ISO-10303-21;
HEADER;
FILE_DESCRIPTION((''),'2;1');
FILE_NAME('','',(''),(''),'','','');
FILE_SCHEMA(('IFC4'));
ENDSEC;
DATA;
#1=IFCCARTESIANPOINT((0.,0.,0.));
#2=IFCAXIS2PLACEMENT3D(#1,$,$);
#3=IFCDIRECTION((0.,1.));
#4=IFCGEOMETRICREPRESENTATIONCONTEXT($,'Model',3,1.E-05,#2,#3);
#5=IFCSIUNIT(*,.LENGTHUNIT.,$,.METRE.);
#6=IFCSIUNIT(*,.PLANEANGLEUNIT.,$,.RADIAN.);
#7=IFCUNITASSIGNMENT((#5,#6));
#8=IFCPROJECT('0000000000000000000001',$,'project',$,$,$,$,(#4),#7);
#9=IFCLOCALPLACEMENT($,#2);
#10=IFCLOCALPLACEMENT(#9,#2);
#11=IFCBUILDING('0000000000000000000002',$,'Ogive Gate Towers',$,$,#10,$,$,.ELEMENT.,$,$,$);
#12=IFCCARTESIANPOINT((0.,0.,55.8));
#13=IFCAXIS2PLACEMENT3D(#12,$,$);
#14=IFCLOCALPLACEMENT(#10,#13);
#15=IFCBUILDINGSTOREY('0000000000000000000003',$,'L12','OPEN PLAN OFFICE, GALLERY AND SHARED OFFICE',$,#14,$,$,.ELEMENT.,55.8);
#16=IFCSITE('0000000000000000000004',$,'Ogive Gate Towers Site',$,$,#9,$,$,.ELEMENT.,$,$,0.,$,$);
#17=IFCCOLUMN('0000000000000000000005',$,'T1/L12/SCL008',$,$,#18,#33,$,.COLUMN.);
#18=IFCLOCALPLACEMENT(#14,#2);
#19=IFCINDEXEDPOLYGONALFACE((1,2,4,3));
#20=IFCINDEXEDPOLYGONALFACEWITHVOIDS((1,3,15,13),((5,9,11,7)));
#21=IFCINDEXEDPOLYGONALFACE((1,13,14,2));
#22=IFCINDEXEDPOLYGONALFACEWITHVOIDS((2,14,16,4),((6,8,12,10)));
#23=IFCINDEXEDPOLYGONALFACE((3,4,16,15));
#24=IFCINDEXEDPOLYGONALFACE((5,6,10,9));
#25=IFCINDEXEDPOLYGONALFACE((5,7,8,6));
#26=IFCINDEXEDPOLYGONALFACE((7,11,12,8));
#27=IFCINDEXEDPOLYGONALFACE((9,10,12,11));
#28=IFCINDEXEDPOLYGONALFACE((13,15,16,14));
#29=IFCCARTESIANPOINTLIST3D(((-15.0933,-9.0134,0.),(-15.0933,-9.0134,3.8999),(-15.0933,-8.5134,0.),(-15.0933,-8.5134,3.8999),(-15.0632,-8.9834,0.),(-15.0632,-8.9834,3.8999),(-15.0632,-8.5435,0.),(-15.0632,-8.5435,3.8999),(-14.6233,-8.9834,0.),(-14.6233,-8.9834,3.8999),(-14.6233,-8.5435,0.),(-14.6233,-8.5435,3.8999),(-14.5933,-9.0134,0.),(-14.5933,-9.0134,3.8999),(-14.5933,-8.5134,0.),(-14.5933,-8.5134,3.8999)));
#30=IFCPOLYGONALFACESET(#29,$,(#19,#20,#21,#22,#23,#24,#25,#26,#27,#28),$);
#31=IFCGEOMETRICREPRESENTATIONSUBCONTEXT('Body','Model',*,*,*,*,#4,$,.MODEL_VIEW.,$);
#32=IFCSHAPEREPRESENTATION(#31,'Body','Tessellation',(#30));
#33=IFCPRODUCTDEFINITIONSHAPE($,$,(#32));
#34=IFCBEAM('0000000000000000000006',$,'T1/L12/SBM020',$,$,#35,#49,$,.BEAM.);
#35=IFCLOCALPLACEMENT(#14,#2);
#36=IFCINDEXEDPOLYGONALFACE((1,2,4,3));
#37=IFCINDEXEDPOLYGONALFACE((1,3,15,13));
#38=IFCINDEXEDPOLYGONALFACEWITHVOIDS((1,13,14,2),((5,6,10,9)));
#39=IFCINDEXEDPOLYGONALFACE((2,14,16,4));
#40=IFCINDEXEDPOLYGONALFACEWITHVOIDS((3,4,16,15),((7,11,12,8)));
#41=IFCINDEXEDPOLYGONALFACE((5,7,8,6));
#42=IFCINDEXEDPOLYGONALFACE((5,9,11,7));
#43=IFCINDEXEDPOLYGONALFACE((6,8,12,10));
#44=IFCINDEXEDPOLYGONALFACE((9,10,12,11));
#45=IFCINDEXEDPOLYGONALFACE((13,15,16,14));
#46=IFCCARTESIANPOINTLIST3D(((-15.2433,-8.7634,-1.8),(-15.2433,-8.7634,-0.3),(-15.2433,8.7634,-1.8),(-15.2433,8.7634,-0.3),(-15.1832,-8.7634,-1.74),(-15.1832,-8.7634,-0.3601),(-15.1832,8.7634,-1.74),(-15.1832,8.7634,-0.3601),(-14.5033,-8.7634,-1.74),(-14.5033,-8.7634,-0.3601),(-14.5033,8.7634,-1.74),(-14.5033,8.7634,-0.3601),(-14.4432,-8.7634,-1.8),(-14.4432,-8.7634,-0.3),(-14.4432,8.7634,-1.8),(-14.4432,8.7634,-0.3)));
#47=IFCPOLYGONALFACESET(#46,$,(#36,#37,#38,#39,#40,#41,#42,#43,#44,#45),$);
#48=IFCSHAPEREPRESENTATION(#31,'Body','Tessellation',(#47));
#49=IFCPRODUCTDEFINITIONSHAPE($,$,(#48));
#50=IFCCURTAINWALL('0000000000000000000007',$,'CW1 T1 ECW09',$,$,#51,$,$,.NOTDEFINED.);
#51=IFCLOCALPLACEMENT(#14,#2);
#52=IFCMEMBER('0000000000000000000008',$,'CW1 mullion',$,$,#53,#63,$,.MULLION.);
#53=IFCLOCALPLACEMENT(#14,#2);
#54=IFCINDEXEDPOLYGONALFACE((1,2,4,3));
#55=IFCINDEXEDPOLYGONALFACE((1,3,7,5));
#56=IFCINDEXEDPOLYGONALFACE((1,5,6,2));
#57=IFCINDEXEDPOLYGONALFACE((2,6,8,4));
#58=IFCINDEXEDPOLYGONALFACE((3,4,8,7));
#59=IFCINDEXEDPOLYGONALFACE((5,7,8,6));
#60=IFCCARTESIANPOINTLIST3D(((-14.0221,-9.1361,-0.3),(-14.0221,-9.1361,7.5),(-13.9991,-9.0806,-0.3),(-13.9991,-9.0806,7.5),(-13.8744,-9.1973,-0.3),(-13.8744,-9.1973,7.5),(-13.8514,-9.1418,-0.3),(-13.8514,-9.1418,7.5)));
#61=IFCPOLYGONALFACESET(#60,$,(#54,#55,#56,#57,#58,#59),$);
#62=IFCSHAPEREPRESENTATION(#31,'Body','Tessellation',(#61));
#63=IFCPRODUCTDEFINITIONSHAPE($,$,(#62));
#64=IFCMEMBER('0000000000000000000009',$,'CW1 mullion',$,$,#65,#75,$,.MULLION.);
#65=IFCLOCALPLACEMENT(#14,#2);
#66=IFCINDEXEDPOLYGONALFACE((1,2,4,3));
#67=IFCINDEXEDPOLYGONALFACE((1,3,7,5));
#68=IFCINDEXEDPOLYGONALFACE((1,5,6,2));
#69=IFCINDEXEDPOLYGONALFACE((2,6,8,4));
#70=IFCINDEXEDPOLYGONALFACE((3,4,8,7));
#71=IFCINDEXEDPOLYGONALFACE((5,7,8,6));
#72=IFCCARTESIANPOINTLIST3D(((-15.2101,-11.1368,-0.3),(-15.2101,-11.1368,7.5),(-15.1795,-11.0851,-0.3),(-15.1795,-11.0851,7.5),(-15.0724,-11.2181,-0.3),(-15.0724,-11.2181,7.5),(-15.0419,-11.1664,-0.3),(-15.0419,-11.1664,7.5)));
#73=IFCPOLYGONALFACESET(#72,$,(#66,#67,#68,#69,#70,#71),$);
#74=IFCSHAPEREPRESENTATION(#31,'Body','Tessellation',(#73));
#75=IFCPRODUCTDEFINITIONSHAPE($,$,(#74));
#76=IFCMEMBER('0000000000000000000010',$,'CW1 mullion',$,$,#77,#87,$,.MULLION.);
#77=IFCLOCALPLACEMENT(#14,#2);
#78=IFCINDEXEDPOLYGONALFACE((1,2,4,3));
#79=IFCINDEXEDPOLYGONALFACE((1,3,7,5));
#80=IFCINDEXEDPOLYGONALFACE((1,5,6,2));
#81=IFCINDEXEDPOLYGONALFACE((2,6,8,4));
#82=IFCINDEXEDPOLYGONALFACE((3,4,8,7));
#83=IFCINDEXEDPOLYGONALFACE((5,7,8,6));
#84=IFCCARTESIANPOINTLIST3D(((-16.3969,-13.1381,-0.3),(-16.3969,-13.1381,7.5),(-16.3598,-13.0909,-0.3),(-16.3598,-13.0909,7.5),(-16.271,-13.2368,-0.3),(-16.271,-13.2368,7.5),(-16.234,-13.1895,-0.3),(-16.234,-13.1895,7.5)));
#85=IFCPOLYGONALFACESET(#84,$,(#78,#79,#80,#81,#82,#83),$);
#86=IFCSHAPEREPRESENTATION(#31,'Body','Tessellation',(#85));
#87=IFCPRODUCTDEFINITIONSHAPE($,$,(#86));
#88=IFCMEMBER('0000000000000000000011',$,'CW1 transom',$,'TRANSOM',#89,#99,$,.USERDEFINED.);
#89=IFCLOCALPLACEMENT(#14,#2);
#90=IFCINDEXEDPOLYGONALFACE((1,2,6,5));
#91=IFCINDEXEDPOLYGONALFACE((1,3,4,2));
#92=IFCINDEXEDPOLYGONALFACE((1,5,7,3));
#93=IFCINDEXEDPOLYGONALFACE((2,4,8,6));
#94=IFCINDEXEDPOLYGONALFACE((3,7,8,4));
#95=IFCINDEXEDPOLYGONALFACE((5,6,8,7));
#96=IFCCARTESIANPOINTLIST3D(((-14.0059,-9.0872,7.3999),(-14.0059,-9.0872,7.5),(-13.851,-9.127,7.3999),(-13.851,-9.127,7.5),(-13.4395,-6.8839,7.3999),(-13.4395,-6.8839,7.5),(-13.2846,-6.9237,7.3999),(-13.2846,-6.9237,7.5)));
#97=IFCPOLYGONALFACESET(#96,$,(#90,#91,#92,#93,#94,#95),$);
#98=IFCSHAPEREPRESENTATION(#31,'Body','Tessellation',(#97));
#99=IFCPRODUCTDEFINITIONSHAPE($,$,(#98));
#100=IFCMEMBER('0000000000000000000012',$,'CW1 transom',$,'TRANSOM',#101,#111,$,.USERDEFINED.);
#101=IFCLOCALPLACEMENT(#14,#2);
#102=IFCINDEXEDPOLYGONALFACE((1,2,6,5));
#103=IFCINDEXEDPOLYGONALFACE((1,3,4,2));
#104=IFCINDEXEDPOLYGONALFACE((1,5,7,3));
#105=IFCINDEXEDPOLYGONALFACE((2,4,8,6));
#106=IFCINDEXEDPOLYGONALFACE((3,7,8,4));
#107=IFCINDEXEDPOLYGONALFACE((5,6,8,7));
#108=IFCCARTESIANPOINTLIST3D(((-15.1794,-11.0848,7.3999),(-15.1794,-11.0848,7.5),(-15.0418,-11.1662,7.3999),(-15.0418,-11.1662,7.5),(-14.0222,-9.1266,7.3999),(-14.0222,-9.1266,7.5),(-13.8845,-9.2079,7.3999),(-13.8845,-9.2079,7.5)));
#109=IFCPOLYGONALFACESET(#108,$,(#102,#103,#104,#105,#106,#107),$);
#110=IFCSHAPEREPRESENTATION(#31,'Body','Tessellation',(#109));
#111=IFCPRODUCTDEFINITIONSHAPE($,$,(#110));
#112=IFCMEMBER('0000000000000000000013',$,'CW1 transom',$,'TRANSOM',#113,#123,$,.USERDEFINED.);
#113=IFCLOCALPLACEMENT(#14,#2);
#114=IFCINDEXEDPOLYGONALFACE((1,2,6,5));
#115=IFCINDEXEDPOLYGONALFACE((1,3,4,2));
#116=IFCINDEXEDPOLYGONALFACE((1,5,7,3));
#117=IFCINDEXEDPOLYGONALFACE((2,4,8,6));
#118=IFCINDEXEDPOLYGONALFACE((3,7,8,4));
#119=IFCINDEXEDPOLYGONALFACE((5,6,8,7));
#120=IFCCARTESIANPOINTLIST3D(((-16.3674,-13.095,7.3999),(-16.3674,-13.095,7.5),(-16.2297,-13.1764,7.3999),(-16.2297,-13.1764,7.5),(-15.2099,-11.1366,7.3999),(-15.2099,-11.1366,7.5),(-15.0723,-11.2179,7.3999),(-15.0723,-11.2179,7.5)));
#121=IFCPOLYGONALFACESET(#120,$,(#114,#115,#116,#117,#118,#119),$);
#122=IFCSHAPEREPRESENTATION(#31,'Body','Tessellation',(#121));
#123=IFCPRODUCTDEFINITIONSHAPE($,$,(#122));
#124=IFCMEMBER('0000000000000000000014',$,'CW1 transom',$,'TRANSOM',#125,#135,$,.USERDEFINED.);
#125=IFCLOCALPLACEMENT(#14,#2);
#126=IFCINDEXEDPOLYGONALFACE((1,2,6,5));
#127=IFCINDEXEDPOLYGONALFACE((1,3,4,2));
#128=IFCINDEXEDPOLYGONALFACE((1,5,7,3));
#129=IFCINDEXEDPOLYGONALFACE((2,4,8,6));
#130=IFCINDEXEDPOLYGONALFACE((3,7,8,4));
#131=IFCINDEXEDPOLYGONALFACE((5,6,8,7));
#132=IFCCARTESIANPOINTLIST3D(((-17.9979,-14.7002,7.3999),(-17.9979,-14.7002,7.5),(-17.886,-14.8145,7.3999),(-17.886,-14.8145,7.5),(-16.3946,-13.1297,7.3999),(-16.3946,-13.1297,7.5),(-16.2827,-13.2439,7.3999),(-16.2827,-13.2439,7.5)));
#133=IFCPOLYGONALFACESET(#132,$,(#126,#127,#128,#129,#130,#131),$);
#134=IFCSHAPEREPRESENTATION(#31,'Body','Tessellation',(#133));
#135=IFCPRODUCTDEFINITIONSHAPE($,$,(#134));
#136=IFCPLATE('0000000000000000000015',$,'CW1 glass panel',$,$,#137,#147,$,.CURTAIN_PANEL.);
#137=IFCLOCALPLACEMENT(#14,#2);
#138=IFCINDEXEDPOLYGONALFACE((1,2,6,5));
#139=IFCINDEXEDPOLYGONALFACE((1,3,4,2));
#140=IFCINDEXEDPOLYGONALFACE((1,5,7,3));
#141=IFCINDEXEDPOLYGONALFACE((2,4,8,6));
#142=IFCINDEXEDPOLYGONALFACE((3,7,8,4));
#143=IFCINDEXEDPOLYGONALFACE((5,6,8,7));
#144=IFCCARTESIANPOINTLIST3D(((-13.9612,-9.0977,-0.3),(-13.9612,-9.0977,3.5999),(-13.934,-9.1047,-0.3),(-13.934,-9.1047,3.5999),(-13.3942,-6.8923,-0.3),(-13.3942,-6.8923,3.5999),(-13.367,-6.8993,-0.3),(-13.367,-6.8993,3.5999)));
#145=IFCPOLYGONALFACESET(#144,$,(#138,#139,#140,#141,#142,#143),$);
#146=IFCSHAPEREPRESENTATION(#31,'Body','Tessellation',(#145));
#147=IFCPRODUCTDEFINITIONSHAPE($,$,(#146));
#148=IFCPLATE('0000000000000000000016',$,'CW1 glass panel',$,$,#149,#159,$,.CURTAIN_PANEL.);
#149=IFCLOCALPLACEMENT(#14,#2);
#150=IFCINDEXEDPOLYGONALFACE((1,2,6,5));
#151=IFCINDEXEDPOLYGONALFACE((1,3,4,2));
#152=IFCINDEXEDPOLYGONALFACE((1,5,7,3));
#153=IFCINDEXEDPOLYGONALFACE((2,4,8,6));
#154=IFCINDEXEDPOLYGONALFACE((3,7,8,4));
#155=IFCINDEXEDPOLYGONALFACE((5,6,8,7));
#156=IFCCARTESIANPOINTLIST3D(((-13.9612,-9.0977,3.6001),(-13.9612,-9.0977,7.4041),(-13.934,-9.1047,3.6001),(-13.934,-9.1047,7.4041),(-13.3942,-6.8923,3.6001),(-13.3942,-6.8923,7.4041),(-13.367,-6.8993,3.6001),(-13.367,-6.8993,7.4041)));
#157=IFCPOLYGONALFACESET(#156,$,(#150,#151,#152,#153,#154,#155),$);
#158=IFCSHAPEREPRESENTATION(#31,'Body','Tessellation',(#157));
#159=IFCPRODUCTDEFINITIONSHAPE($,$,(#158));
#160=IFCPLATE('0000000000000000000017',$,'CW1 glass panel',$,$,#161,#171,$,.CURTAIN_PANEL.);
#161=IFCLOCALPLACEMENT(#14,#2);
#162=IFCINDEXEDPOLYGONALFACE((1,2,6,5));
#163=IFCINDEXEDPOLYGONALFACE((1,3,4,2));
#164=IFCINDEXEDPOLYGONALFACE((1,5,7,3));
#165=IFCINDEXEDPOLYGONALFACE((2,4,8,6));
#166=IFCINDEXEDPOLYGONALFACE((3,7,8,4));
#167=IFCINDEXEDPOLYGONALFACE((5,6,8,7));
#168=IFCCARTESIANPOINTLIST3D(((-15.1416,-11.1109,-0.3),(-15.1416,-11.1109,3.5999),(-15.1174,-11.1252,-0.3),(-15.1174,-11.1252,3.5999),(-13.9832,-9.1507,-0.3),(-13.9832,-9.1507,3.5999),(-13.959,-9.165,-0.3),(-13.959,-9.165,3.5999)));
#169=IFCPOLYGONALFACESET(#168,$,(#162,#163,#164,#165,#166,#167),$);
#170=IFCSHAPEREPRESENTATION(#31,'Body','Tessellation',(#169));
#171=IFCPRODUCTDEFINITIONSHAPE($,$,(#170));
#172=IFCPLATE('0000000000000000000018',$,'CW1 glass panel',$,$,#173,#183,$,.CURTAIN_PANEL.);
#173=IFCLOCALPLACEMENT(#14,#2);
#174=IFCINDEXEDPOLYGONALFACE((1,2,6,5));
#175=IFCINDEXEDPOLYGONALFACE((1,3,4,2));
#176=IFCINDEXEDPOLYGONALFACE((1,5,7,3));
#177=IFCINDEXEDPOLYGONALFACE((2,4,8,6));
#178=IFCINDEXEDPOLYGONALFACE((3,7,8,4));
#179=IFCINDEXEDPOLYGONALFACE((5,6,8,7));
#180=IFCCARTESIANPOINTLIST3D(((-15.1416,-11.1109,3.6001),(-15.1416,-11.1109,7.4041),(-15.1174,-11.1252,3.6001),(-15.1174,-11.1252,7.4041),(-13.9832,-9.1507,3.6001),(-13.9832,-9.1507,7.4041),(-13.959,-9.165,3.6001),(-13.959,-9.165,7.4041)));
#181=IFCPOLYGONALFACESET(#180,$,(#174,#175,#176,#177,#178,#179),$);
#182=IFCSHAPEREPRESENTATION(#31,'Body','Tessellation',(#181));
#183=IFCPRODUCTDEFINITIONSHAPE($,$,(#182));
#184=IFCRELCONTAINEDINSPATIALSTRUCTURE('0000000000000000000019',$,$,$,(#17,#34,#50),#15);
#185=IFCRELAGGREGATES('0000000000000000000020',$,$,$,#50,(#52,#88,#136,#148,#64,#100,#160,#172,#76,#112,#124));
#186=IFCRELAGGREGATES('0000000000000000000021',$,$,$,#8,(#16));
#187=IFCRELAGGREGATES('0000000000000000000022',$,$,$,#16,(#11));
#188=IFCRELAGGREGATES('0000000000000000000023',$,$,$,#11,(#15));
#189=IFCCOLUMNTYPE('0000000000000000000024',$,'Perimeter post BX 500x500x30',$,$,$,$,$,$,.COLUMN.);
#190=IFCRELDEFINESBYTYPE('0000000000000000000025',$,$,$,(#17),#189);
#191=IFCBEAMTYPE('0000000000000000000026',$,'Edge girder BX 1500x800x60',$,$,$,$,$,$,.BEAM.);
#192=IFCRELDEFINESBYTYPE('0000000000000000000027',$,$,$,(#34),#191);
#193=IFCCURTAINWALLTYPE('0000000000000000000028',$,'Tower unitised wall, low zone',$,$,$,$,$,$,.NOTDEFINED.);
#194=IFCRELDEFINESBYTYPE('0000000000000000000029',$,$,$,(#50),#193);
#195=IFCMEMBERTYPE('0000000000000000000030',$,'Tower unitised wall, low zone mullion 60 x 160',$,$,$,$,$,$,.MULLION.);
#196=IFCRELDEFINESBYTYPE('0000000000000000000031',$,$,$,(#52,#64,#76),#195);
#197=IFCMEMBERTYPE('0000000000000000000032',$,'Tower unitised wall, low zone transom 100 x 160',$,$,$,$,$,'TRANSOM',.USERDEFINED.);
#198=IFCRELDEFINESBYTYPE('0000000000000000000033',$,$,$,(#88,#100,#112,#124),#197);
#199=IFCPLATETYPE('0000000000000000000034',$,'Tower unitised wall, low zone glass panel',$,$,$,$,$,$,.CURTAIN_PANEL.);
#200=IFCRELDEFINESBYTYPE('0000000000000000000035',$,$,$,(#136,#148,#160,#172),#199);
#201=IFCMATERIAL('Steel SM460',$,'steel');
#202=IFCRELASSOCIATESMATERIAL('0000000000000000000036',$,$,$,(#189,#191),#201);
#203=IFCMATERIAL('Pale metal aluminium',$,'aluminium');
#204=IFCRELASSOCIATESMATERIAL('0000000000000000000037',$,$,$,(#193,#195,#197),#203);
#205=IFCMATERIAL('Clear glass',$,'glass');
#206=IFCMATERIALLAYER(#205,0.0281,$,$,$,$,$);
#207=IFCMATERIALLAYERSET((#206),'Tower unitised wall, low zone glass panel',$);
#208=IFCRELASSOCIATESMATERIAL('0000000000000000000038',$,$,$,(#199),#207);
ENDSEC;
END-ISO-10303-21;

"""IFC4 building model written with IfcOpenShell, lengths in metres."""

from ifc_helpers import new_model, si_unit, direction, frame, origin, origin_2d, place, context, subcontext, project, spatial, rectangle, hollow_rectangle, extrude, material, layer, layer_set, material_profile, profile_set, type_object, element, aggregate, save


model = new_model("IFC4")

# Units and contexts
model_context = context("Model", 3, precision=1e-05, world=origin(), true_north=direction((0.0, 1.0)))
body_context = subcontext(model_context, "Body", "Model", "MODEL_VIEW")
ifc_project = project(units=[si_unit("LENGTHUNIT", "METRE"), si_unit("PLANEANGLEUNIT", "RADIAN")], contexts=[model_context])

# Site, building, storey
site_placement = place(None, origin())
site = spatial("IfcSite", under=ifc_project, at=site_placement, Name="Ogive Gate Towers Site", CompositionType="ELEMENT", RefElevation=0.0)
building_placement = place(site_placement, origin())
building = spatial("IfcBuilding", under=site, at=building_placement, Name="Ogive Gate Towers", CompositionType="ELEMENT")
storey_placement = place(building_placement, frame((0.0, 0.0, 55.8)))
storey = spatial("IfcBuildingStorey", under=building, at=storey_placement, Name="L12", Description="OPEN PLAN OFFICE, GALLERY AND SHARED OFFICE", CompositionType="ELEMENT", Elevation=55.8)

# Column
ifc_material_1 = material(Name="Steel SM460", Category="steel")
ifc_material_profile_1 = material_profile(ifc_material_1, hollow_rectangle(XDim=0.5, YDim=0.5, WallThickness=0.03, at=origin_2d()), Name="BX 500x500x30")
ifc_profile_set_1 = profile_set([ifc_material_profile_1], Name="Steel SM460")
column_type = type_object("IfcColumnType", Name="Perimeter post BX 500x500x30", PredefinedType="COLUMN", material=ifc_profile_set_1)
column_placement = place(storey_placement, frame((-14.8433, -8.7634, 0.0), z_axis=(0.0, 0.0, 1.0), x_axis=(1.0, 0.0, 0.0)))
element("IfcColumn", 1, at=column_placement, inside=storey, type_object=column_type, Name="T1/L12/SCL008", PredefinedType="COLUMN", context=body_context, shape_type="SweptSolid", body=[
    extrude(hollow_rectangle(XDim=0.5, YDim=0.5, WallThickness=0.03, at=origin_2d()), origin(), (0.0, 0.0, 1.0), 3.8999),
])

# Beam
ifc_material_profile_2 = material_profile(ifc_material_1, hollow_rectangle(XDim=0.8, YDim=1.5, WallThickness=0.0601, at=origin_2d()), Name="BX 1500x800x60")
ifc_profile_set_2 = profile_set([ifc_material_profile_2], Name="Steel SM460")
beam_type = type_object("IfcBeamType", Name="Edge girder BX 1500x800x60", PredefinedType="BEAM", material=ifc_profile_set_2)
beam_placement = place(storey_placement, frame((-14.8433, -8.7634, -1.05), z_axis=(0.0, 1.0, 0.0), x_axis=(-1.0, 0.0, 0.0)))
element("IfcBeam", 2, at=beam_placement, inside=storey, type_object=beam_type, Name="T1/L12/SBM020", PredefinedType="BEAM", context=body_context, shape_type="SweptSolid", body=[
    extrude(hollow_rectangle(XDim=0.8, YDim=1.5, WallThickness=0.0601, at=origin_2d()), origin(), (0.0, 0.0, 1.0), 17.5269),
])

# Curtain wall, members, plates
ifc_material_2 = material(Name="Pale metal aluminium", Category="aluminium")
curtain_wall_type = type_object("IfcCurtainWallType", Name="Tower unitised wall, low zone", PredefinedType="NOTDEFINED", material=ifc_material_2)
curtain_wall_placement = place(storey_placement, origin())
curtain_wall = element("IfcCurtainWall", 3, at=curtain_wall_placement, inside=storey, type_object=curtain_wall_type, Name="CW1 T1 ECW09", PredefinedType="NOTDEFINED")
ifc_material_profile_3 = material_profile(ifc_material_2, rectangle(XDim=0.1599, YDim=0.0601, at=origin_2d()), Name="60 x 160 aluminium box")
ifc_profile_set_3 = profile_set([ifc_material_profile_3], Name="Pale metal aluminium")
member_type_1 = type_object("IfcMemberType", Name="Tower unitised wall, low zone mullion 60 x 160", PredefinedType="MULLION", material=ifc_profile_set_3)
member_1_placement = place(storey_placement, frame((-13.9368, -9.1389, -0.3), z_axis=(0.0, 0.0, 1.0), x_axis=(-0.92388, 0.382683, 0.0)))
member_1 = element("IfcMember", 4, at=member_1_placement, type_object=member_type_1, Name="CW1 mullion", PredefinedType="MULLION", context=body_context, shape_type="SweptSolid", body=[
    extrude(rectangle(XDim=0.1599, YDim=0.0601, at=origin_2d()), origin(), (0.0, 0.0, 1.0), 7.8),
])
member_2_placement = place(storey_placement, frame((-15.126, -11.1516, -0.3), z_axis=(0.0, 0.0, 1.0), x_axis=(-0.860902, 0.508771, 0.0)))
member_2 = element("IfcMember", 5, at=member_2_placement, type_object=member_type_1, Name="CW1 mullion", PredefinedType="MULLION", context=body_context, shape_type="SweptSolid", body=[
    extrude(rectangle(XDim=0.1599, YDim=0.0601, at=origin_2d()), origin(), (0.0, 0.0, 1.0), 7.8),
])
member_3_placement = place(storey_placement, frame((-16.3154, -13.1638, -0.3), z_axis=(0.0, 0.0, 1.0), x_axis=(-0.787075, 0.616857, 0.0)))
member_3 = element("IfcMember", 6, at=member_3_placement, type_object=member_type_1, Name="CW1 mullion", PredefinedType="MULLION", context=body_context, shape_type="SweptSolid", body=[
    extrude(rectangle(XDim=0.1599, YDim=0.0601, at=origin_2d()), origin(), (0.0, 0.0, 1.0), 7.8),
])
ifc_material_profile_4 = material_profile(ifc_material_2, rectangle(XDim=0.1599, YDim=0.1001, at=origin_2d()), Name="100 x 160 aluminium box")
ifc_profile_set_4 = profile_set([ifc_material_profile_4], Name="Pale metal aluminium")
member_type_2 = type_object("IfcMemberType", Name="Tower unitised wall, low zone transom 100 x 160", ElementType="TRANSOM", PredefinedType="USERDEFINED", material=ifc_profile_set_4)
member_4_placement = place(storey_placement, frame((-13.3621, -6.9038, 7.45), z_axis=(-0.248969, -0.968511, 0.0), x_axis=(0.968511, -0.248969, 0.0)))
member_4 = element("IfcMember", 7, at=member_4_placement, type_object=member_type_2, Name="CW1 transom", ObjectType="TRANSOM", PredefinedType="USERDEFINED", context=body_context, shape_type="SweptSolid", body=[
    extrude(rectangle(XDim=0.1599, YDim=0.1001, at=origin_2d()), origin(), (0.0, 0.0, 1.0), 2.2749),
])
member_5_placement = place(storey_placement, frame((-13.9534, -9.1672, 7.45), z_axis=(-0.508755, -0.860912, 0.0), x_axis=(0.860912, -0.508755, 0.0)))
member_5 = element("IfcMember", 8, at=member_5_placement, type_object=member_type_2, Name="CW1 transom", ObjectType="TRANSOM", PredefinedType="USERDEFINED", context=body_context, shape_type="SweptSolid", body=[
    extrude(rectangle(XDim=0.1599, YDim=0.1001, at=origin_2d()), origin(), (0.0, 0.0, 1.0), 2.2747),
])
member_6_placement = place(storey_placement, frame((-15.1411, -11.1772, 7.45), z_axis=(-0.508787, -0.860892, 0.0), x_axis=(0.860892, -0.508787, 0.0)))
member_6 = element("IfcMember", 9, at=member_6_placement, type_object=member_type_2, Name="CW1 transom", ObjectType="TRANSOM", PredefinedType="USERDEFINED", context=body_context, shape_type="SweptSolid", body=[
    extrude(rectangle(XDim=0.1599, YDim=0.1001, at=origin_2d()), origin(), (0.0, 0.0, 1.0), 2.2749),
])
member_7_placement = place(storey_placement, frame((-16.3386, -13.1868, 7.45), z_axis=(-0.714357, -0.699781, 0.0), x_axis=(0.699781, -0.714357, 0.0)))
member_7 = element("IfcMember", 10, at=member_7_placement, type_object=member_type_2, Name="CW1 transom", ObjectType="TRANSOM", PredefinedType="USERDEFINED", context=body_context, shape_type="SweptSolid", body=[
    extrude(rectangle(XDim=0.1599, YDim=0.1001, at=origin_2d()), origin(), (0.0, 0.0, 1.0), 2.2444),
])
ifc_material_3 = material(Name="Clear glass", Category="glass")
ifc_layer_1 = layer(ifc_material_3, 0.0281)
ifc_layer_set_1 = layer_set([ifc_layer_1], Name="Tower unitised wall, low zone glass panel")
plate_type = type_object("IfcPlateType", Name="Tower unitised wall, low zone glass panel", PredefinedType="CURTAIN_PANEL", material=ifc_layer_set_1)
plate_1_placement = place(storey_placement, frame((-13.6641, -7.9985, -0.3), z_axis=(0.0, 0.0, 1.0), x_axis=(-0.248994, -0.968505, 0.0)))
plate_1 = element("IfcPlate", 11, at=plate_1_placement, type_object=plate_type, Name="CW1 glass panel", PredefinedType="CURTAIN_PANEL", context=body_context, shape_type="SweptSolid", body=[
    extrude(rectangle(XDim=2.2771, YDim=0.0281, at=origin_2d()), origin(), (0.0, 0.0, 1.0), 3.8999),
])
plate_2_placement = place(storey_placement, frame((-13.6641, -7.9985, 3.6001), z_axis=(0.0, 0.0, 1.0), x_axis=(-0.248994, -0.968505, 0.0)))
plate_2 = element("IfcPlate", 12, at=plate_2_placement, type_object=plate_type, Name="CW1 glass panel", PredefinedType="CURTAIN_PANEL", context=body_context, shape_type="SweptSolid", body=[
    extrude(rectangle(XDim=2.2771, YDim=0.0281, at=origin_2d()), origin(), (0.0, 0.0, 1.0), 3.804),
])
plate_3_placement = place(storey_placement, frame((-14.5503, -10.1379, -0.3), z_axis=(0.0, 0.0, 1.0), x_axis=(-0.508771, -0.860902, 0.0)))
plate_3 = element("IfcPlate", 13, at=plate_3_placement, type_object=plate_type, Name="CW1 glass panel", PredefinedType="CURTAIN_PANEL", context=body_context, shape_type="SweptSolid", body=[
    extrude(rectangle(XDim=2.2769, YDim=0.0281, at=origin_2d()), origin(), (0.0, 0.0, 1.0), 3.8999),
])
plate_4_placement = place(storey_placement, frame((-14.5503, -10.1379, 3.6001), z_axis=(0.0, 0.0, 1.0), x_axis=(-0.508771, -0.860902, 0.0)))
plate_4 = element("IfcPlate", 14, at=plate_4_placement, type_object=plate_type, Name="CW1 glass panel", PredefinedType="CURTAIN_PANEL", context=body_context, shape_type="SweptSolid", body=[
    extrude(rectangle(XDim=2.2769, YDim=0.0281, at=origin_2d()), origin(), (0.0, 0.0, 1.0), 3.804),
])
aggregate(curtain_wall, [member_1, member_4, plate_1, plate_2, member_2, member_5, plate_3, plate_4, member_3, member_6, member_7])

save(model, "model.ifc")
